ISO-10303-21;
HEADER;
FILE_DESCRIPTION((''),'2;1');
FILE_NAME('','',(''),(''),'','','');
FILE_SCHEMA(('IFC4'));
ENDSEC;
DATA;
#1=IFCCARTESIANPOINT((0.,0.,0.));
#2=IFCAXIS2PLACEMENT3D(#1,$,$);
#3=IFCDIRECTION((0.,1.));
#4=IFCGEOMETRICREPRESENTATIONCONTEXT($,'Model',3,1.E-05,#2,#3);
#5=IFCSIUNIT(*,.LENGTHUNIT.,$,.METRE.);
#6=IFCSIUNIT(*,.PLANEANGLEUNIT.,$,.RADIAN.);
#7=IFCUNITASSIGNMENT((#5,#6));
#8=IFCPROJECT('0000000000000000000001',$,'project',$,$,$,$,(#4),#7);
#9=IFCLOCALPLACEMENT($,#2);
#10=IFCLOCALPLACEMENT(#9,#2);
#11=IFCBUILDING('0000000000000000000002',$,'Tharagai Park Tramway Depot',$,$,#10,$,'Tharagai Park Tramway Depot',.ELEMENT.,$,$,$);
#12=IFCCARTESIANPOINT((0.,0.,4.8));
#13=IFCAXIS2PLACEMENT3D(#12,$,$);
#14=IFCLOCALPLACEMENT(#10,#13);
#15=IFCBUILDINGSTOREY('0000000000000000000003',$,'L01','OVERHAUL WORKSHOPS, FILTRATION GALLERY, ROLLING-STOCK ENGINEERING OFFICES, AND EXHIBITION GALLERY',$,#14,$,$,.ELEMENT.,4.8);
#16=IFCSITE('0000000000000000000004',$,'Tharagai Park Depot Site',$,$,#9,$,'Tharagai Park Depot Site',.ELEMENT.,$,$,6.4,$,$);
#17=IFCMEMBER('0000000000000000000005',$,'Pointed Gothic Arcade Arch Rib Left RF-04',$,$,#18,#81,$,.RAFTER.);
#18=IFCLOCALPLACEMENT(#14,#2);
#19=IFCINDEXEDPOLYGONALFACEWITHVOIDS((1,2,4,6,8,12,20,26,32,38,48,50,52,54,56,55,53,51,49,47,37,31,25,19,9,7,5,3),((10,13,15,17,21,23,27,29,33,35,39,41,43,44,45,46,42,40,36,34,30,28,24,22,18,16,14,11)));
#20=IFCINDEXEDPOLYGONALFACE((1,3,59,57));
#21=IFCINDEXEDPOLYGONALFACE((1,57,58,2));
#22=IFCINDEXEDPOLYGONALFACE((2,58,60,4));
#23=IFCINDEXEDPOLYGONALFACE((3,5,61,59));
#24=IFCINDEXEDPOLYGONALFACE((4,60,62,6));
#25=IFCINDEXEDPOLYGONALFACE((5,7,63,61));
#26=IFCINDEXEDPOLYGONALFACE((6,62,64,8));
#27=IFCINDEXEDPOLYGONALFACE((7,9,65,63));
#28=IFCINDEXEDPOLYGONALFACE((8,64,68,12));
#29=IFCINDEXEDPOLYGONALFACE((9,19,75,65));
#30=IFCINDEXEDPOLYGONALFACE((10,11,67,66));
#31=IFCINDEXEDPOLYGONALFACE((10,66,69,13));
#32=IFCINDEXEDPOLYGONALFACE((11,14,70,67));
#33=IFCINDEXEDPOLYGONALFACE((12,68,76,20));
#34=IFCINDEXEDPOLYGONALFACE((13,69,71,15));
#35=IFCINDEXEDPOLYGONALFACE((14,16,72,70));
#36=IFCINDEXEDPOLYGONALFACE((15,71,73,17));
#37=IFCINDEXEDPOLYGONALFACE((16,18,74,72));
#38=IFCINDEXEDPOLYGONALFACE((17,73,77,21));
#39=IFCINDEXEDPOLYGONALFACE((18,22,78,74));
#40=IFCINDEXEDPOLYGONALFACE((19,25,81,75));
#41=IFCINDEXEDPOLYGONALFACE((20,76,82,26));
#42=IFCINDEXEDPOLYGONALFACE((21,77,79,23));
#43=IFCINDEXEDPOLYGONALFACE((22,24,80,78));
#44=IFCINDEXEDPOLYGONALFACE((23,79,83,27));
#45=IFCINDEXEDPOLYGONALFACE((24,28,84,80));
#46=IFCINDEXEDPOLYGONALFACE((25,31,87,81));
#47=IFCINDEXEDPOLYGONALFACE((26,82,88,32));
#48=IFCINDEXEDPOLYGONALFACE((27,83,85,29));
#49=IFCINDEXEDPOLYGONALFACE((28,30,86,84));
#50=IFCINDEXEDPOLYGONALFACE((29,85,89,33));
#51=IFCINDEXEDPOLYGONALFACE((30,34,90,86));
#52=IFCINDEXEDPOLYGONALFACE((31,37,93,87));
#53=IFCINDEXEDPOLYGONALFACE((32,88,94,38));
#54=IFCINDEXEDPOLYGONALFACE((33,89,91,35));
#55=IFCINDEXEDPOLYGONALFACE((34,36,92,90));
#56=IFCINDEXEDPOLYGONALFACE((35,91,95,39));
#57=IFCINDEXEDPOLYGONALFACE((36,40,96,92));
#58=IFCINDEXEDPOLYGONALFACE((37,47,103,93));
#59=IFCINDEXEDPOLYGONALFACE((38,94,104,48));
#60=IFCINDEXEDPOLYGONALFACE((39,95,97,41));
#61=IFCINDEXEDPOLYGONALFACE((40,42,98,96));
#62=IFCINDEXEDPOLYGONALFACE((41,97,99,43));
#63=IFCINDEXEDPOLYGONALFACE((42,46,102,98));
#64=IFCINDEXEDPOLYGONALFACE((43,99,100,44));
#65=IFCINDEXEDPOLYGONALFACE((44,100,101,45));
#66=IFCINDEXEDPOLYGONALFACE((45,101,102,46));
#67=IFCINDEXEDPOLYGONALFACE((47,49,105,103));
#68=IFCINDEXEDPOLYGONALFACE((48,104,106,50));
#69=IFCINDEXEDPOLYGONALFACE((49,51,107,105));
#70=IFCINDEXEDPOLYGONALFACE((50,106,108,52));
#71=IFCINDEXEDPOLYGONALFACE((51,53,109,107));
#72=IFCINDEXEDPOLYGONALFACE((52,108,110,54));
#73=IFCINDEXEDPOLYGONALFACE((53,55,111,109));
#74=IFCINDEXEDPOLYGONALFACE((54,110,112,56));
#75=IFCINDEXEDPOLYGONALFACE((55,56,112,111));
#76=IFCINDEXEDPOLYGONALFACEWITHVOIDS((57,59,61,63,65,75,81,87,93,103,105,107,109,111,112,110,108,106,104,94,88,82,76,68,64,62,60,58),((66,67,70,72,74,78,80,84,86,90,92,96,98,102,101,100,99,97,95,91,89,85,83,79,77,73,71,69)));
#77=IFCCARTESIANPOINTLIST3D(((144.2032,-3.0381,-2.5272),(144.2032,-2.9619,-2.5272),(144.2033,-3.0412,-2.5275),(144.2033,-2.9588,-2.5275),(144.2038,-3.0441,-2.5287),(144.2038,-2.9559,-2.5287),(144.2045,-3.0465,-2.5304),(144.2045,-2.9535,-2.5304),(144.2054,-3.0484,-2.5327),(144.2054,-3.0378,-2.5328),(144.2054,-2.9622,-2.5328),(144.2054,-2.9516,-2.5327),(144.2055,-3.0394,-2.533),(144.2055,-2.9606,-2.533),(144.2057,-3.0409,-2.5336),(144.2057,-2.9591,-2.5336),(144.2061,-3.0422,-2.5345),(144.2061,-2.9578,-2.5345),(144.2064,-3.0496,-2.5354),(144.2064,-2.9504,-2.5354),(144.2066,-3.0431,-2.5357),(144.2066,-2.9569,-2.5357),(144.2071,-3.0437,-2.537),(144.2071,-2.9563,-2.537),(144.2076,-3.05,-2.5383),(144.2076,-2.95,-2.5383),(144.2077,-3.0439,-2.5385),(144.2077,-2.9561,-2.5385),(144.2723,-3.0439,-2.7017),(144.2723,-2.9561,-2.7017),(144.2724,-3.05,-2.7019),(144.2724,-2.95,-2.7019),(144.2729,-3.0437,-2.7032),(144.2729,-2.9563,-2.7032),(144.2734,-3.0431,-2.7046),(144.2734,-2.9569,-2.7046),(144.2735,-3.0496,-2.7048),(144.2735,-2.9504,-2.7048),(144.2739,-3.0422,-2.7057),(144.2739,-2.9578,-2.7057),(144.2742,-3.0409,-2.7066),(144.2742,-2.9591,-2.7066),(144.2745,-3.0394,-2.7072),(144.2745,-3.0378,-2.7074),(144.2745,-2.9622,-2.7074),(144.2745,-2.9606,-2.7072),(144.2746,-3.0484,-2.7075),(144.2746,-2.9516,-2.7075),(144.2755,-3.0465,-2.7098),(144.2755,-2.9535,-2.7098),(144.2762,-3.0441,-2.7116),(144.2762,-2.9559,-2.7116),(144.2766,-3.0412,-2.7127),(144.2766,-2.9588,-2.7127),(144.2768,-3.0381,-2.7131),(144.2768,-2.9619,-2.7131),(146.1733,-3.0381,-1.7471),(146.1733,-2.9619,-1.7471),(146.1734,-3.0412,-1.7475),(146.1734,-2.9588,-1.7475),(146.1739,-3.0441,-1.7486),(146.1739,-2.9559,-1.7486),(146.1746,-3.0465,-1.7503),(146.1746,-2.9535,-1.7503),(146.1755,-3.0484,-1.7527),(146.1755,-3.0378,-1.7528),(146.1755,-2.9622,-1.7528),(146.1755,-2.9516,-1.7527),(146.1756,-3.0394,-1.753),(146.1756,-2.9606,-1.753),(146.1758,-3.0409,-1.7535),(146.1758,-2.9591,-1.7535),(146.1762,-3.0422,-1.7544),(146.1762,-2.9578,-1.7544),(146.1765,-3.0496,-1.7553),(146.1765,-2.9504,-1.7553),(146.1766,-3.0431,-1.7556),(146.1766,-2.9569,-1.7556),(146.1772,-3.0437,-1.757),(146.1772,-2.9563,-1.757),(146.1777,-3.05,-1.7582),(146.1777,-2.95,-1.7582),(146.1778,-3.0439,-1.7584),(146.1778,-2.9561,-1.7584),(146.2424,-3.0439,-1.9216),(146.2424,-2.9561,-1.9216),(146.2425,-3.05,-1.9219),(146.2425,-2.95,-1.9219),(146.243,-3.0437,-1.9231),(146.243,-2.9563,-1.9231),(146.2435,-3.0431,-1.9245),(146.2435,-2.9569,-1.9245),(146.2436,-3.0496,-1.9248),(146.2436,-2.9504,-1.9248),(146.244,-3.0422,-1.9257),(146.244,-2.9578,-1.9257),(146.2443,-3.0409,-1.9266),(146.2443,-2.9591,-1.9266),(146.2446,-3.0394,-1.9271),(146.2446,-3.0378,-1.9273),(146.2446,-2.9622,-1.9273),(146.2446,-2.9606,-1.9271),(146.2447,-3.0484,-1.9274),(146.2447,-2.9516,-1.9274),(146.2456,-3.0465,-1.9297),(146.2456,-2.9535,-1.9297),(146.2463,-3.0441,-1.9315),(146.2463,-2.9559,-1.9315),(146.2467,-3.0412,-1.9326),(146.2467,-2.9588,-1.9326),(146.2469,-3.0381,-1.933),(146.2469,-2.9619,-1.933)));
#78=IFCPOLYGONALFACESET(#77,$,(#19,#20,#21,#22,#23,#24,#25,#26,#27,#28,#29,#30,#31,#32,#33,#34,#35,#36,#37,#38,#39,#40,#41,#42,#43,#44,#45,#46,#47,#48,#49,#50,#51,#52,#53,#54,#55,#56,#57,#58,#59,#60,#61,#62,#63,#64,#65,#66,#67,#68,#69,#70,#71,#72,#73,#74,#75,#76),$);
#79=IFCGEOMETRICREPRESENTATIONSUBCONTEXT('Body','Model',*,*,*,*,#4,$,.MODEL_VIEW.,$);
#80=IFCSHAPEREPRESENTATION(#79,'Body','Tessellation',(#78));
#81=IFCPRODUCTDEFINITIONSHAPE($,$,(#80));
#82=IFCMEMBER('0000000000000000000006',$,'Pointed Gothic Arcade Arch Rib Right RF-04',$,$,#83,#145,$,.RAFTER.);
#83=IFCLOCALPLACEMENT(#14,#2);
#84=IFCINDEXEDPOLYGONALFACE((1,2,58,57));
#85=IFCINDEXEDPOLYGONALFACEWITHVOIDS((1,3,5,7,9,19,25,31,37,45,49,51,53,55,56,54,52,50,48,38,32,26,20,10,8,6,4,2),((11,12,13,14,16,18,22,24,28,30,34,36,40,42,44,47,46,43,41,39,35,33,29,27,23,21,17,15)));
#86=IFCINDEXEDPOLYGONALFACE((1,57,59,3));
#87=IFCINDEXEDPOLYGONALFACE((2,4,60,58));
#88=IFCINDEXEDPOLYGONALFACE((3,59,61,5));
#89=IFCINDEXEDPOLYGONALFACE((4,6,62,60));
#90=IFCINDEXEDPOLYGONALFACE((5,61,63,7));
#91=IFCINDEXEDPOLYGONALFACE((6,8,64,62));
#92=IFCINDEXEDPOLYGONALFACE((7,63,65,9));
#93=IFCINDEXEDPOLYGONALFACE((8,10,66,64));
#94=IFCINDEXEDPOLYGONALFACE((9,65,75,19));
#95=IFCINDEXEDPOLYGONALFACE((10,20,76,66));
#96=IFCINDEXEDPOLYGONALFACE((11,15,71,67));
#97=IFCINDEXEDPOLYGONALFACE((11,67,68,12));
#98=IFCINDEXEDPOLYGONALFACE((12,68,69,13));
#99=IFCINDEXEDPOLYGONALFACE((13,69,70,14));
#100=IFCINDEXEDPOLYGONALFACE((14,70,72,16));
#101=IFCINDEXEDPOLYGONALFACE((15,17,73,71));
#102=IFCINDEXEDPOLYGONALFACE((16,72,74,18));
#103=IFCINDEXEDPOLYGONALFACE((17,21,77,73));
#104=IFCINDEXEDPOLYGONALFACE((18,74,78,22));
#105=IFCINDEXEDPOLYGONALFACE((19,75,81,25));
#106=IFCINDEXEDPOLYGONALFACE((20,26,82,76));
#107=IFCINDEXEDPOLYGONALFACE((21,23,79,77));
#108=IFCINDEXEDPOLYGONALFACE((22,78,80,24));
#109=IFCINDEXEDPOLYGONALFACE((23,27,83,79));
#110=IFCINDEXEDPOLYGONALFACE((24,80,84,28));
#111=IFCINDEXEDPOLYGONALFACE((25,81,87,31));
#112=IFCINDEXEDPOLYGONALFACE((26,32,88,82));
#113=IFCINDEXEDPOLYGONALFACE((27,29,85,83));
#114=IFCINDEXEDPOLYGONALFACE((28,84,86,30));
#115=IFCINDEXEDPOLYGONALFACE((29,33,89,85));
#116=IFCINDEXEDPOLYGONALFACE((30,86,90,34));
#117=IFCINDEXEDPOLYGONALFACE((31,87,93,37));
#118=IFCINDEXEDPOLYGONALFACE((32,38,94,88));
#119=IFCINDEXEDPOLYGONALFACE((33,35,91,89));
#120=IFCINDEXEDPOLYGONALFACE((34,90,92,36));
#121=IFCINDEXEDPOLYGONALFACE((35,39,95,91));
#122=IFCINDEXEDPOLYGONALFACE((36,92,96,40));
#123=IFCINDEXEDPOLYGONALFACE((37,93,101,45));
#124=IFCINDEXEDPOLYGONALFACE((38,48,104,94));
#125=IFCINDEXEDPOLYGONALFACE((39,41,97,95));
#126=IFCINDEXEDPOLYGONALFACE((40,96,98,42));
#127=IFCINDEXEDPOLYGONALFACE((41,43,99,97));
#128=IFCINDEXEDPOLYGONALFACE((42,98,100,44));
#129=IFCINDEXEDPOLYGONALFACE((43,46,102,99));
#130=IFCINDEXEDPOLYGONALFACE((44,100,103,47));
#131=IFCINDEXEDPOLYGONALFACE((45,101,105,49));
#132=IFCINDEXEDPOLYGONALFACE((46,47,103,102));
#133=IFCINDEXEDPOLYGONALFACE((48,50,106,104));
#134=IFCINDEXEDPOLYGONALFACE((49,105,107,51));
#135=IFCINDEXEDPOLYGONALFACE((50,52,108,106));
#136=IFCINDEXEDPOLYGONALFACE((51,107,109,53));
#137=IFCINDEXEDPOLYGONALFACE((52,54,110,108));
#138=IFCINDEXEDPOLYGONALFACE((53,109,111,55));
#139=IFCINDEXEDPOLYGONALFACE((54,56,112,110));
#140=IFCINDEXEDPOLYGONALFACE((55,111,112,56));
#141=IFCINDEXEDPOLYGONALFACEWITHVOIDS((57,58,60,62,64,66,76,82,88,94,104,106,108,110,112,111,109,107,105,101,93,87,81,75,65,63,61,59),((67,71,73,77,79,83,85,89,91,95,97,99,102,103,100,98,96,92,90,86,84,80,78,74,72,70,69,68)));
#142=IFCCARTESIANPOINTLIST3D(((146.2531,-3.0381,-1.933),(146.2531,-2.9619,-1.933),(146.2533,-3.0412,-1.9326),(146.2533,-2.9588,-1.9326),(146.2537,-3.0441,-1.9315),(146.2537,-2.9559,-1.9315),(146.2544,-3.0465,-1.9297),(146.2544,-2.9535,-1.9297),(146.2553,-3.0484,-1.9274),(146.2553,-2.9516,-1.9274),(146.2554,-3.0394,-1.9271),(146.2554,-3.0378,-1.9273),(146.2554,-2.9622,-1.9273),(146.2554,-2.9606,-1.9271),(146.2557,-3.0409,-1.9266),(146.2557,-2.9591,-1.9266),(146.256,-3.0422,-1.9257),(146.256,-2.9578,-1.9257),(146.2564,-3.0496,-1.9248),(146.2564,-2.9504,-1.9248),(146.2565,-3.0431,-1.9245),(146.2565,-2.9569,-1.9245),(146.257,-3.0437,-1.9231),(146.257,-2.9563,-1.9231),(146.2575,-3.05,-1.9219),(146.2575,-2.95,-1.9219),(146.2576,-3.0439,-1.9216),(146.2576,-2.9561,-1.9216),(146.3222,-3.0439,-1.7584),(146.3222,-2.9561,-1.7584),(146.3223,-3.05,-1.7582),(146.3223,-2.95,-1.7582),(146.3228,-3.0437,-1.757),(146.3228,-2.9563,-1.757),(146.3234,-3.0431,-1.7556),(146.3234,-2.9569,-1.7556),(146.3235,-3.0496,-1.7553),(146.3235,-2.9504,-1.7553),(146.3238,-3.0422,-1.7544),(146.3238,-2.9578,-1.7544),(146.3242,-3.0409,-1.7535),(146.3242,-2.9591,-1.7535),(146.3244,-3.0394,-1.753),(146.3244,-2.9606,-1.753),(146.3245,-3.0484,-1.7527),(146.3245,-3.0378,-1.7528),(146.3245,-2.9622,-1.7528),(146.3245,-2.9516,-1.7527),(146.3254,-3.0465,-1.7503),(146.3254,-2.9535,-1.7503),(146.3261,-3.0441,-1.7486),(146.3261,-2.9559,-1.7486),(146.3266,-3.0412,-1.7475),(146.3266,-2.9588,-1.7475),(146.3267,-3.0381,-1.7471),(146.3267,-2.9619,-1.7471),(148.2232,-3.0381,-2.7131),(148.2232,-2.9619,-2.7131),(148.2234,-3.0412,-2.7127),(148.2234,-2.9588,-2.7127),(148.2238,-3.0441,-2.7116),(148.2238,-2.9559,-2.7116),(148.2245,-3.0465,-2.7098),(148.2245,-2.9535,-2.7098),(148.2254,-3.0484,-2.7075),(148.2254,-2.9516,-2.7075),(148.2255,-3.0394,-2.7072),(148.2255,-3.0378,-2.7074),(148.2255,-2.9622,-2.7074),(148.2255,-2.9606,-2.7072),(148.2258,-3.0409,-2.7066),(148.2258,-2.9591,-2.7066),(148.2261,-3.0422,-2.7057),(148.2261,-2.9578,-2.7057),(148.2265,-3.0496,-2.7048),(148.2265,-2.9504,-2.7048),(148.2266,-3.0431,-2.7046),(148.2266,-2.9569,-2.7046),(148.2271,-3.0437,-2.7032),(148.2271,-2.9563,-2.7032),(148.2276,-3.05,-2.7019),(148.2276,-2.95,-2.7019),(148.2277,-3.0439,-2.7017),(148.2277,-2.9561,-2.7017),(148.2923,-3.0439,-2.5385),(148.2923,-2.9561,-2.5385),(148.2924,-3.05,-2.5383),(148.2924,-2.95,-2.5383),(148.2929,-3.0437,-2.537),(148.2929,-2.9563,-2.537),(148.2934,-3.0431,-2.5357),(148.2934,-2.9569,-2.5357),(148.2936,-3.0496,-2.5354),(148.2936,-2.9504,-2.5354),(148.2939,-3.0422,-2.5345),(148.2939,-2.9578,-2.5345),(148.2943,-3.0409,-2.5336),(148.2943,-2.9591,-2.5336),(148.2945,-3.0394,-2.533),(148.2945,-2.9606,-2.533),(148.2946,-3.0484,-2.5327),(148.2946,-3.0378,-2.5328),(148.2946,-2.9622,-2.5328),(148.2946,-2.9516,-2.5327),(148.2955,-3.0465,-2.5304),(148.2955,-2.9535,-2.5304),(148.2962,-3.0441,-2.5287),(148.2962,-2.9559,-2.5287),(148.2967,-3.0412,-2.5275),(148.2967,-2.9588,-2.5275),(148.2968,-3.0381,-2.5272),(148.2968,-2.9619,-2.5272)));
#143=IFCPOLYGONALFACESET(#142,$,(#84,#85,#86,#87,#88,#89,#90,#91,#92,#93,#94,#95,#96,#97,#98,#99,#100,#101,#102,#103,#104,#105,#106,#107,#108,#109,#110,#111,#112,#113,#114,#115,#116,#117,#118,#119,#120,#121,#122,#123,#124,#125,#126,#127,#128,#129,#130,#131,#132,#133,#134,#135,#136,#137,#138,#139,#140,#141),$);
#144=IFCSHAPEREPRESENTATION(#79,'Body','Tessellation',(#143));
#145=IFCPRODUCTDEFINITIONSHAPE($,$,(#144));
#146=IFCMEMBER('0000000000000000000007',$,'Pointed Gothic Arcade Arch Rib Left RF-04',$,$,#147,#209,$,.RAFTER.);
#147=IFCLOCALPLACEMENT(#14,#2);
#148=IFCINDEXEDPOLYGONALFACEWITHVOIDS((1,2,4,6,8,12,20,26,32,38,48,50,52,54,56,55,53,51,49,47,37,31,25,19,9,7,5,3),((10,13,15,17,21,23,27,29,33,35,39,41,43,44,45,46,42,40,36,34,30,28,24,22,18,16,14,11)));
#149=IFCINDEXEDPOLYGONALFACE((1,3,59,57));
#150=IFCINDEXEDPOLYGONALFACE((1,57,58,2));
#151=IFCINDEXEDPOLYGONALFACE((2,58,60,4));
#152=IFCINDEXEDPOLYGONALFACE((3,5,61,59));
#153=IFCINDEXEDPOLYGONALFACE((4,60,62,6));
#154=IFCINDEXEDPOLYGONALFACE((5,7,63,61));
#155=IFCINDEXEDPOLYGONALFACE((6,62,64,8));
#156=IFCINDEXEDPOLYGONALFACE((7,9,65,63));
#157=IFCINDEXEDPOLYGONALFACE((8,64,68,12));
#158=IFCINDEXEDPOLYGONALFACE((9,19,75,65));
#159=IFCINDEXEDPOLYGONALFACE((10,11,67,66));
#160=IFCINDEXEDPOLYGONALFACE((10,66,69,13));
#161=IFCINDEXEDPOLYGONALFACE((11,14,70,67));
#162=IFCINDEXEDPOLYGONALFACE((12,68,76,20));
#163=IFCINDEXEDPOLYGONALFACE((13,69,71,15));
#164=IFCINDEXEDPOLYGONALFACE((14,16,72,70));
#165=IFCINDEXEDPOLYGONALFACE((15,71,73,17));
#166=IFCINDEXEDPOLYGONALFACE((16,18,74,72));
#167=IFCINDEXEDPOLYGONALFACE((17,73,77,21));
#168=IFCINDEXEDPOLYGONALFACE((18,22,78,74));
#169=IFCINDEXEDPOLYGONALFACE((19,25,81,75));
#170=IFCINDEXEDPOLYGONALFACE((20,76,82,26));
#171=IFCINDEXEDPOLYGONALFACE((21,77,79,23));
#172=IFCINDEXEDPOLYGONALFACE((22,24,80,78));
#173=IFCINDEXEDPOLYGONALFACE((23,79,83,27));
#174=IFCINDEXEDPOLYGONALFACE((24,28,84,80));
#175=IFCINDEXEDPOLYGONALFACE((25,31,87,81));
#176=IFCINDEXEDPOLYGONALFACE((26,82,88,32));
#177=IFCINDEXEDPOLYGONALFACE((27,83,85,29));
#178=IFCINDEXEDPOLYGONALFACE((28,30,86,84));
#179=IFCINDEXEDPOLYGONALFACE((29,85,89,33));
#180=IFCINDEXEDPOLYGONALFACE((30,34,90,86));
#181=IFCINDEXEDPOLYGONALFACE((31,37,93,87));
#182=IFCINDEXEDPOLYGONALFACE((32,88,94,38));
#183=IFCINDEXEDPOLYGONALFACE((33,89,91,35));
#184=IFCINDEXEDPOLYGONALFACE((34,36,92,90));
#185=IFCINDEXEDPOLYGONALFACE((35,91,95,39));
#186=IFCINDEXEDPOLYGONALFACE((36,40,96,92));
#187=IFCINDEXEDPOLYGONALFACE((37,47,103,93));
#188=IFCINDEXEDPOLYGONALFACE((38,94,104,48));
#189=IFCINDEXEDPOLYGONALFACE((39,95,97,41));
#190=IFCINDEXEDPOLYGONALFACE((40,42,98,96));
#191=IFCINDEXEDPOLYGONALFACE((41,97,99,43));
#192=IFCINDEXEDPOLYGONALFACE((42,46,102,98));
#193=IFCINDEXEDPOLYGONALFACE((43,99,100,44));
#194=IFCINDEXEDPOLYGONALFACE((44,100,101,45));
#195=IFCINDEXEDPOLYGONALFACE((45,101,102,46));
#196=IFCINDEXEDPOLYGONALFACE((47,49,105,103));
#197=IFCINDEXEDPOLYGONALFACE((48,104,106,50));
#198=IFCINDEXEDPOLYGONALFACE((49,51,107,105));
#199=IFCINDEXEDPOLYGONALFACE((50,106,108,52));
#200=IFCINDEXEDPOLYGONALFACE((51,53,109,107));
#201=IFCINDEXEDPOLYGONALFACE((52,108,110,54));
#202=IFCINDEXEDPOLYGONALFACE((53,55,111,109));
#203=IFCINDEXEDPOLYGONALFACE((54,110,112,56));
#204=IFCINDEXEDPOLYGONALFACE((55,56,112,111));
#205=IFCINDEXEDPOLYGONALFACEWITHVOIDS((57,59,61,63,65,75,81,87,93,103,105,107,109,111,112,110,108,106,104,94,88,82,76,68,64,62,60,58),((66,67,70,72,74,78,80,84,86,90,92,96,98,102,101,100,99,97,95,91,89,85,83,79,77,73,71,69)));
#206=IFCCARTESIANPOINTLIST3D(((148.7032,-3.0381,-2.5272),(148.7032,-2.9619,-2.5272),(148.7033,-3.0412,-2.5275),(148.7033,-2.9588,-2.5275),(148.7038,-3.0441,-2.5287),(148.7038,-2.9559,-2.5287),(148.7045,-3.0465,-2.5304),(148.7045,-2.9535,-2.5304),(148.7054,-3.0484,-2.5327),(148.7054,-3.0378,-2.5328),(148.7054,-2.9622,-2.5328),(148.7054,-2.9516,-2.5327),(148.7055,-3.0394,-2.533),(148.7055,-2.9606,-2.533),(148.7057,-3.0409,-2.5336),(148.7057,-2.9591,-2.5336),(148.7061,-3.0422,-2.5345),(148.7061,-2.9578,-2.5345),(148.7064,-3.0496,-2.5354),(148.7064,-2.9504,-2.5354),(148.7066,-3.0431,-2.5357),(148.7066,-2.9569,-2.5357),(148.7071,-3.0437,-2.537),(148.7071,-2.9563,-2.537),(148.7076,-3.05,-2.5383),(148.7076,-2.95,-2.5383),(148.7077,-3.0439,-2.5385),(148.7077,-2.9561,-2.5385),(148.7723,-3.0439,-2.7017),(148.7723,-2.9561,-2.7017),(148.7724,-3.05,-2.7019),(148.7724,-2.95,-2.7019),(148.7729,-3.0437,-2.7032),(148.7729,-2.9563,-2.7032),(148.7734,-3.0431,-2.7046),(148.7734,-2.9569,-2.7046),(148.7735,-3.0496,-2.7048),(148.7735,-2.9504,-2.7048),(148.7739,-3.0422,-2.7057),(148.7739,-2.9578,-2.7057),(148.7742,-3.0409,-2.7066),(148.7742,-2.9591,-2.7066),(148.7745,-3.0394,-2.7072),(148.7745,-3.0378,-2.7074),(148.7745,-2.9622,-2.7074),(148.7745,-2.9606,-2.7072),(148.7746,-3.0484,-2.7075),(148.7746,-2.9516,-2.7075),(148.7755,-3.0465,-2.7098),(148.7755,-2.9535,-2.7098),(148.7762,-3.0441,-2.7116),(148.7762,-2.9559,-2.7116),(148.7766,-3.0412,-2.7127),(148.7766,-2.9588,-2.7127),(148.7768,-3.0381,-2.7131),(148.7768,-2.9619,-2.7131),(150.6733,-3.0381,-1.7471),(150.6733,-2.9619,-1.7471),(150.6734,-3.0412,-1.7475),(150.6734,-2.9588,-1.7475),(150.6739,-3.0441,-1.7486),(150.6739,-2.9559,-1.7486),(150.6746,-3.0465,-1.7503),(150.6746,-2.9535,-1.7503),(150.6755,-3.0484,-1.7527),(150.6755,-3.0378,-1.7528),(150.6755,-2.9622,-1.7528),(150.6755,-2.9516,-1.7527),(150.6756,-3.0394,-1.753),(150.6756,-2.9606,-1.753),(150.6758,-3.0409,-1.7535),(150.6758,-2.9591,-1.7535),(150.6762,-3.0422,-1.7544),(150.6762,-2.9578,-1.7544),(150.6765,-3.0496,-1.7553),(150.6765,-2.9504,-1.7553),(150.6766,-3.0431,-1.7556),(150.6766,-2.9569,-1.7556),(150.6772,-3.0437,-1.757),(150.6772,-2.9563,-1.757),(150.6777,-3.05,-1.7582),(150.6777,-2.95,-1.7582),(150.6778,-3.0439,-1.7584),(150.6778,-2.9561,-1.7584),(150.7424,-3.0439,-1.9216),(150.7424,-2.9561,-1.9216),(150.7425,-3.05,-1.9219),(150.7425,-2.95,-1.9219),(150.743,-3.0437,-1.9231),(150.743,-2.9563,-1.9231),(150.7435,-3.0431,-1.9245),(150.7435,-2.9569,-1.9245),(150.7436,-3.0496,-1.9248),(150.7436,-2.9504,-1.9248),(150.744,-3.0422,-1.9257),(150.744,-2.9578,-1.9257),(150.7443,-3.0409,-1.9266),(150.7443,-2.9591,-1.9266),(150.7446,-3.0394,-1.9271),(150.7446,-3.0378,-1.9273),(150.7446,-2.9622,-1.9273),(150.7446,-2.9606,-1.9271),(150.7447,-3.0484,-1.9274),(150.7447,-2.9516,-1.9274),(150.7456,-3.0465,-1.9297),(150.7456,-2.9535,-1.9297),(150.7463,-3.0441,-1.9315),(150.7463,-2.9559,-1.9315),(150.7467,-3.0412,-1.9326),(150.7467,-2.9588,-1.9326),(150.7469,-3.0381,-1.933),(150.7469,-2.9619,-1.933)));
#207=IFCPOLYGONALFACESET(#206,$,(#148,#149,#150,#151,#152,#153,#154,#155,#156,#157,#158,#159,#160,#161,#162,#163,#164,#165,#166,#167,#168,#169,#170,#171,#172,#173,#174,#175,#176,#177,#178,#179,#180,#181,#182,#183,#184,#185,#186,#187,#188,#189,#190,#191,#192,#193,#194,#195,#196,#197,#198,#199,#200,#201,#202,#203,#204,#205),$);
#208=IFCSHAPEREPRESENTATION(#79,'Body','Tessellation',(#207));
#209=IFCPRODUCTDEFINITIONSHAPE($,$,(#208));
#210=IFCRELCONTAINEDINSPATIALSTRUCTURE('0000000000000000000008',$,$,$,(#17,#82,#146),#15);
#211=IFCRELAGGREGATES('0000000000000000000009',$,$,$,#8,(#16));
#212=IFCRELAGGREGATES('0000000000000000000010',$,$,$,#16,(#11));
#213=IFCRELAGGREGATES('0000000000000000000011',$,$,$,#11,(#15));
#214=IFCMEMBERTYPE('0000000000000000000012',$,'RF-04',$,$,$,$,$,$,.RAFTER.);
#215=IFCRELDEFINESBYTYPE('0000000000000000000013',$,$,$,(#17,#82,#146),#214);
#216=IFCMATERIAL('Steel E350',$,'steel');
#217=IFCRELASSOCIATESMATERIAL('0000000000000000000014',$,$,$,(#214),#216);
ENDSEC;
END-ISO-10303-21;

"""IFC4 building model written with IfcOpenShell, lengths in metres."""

from ifc_helpers import new_model, si_unit, direction, frame, origin, origin_2d, place, context, subcontext, project, spatial, hollow_rectangle, extrude, material, material_profile, profile_set, type_object, element, save


model = new_model("IFC4")

# Units and contexts
model_context = context("Model", 3, precision=1e-05, world=origin(), true_north=direction((0.0, 1.0)))
body_context = subcontext(model_context, "Body", "Model", "MODEL_VIEW")
ifc_project = project(units=[si_unit("LENGTHUNIT", "METRE"), si_unit("PLANEANGLEUNIT", "RADIAN")], contexts=[model_context])

# Site, building, storey
site_placement = place(None, origin())
site = spatial("IfcSite", under=ifc_project, at=site_placement, Name="Tharagai Park Depot Site", LongName="Tharagai Park Depot Site", CompositionType="ELEMENT", RefElevation=6.4)
building_placement = place(site_placement, origin())
building = spatial("IfcBuilding", under=site, at=building_placement, Name="Tharagai Park Tramway Depot", LongName="Tharagai Park Tramway Depot", CompositionType="ELEMENT")
storey_placement = place(building_placement, frame((0.0, 0.0, 4.8)))
storey = spatial("IfcBuildingStorey", under=building, at=storey_placement, Name="L01", Description="OVERHAUL WORKSHOPS, FILTRATION GALLERY, ROLLING-STOCK ENGINEERING OFFICES, AND EXHIBITION GALLERY", CompositionType="ELEMENT", Elevation=4.8)

# Shared definitions
ifc_material_1 = material(Name="Steel E350", Category="steel")

# Members
ifc_material_profile_1 = material_profile(ifc_material_1, hollow_rectangle(XDim=0.1001, YDim=0.2, WallThickness=0.0061, InnerFilletRadius=0.0061, OuterFilletRadius=0.012, at=origin_2d()), Name="RHS 200x100x6")
ifc_profile_set_1 = profile_set([ifc_material_profile_1], Name="Steel E350")
member_type_1 = type_object("IfcMemberType", Name="RF-04", PredefinedType="RAFTER", material=ifc_profile_set_1)
for number, where, z_axis, x_axis, name in (
    (1, (144.24, -3.0, -2.6201), (0.929766, 0.0, 0.36815), (0.0, 1.0, 0.0), "Pointed Gothic Arcade Arch Rib Left RF-04"),
    (2, (148.26, -3.0, -2.6201), (-0.929766, 0.0, 0.36815), (0.0, -1.0, 0.0), "Pointed Gothic Arcade Arch Rib Right RF-04"),
    (3, (148.74, -3.0, -2.6201), (0.929766, 0.0, 0.36815), (0.0, 1.0, 0.0), "Pointed Gothic Arcade Arch Rib Left RF-04"),
):
    element("IfcMember", number, at=place(storey_placement, frame(where, z_axis=z_axis, x_axis=x_axis)), inside=storey, type_object=member_type_1, Name=name, PredefinedType="RAFTER", context=body_context, shape_type="SweptSolid", body=[
        extrude(hollow_rectangle(XDim=0.1001, YDim=0.2, WallThickness=0.0061, InnerFilletRadius=0.0061, OuterFilletRadius=0.012, at=origin_2d()), origin(), (0.0, 0.0, 1.0), 2.1189),
    ])

save(model, "model.ifc")
